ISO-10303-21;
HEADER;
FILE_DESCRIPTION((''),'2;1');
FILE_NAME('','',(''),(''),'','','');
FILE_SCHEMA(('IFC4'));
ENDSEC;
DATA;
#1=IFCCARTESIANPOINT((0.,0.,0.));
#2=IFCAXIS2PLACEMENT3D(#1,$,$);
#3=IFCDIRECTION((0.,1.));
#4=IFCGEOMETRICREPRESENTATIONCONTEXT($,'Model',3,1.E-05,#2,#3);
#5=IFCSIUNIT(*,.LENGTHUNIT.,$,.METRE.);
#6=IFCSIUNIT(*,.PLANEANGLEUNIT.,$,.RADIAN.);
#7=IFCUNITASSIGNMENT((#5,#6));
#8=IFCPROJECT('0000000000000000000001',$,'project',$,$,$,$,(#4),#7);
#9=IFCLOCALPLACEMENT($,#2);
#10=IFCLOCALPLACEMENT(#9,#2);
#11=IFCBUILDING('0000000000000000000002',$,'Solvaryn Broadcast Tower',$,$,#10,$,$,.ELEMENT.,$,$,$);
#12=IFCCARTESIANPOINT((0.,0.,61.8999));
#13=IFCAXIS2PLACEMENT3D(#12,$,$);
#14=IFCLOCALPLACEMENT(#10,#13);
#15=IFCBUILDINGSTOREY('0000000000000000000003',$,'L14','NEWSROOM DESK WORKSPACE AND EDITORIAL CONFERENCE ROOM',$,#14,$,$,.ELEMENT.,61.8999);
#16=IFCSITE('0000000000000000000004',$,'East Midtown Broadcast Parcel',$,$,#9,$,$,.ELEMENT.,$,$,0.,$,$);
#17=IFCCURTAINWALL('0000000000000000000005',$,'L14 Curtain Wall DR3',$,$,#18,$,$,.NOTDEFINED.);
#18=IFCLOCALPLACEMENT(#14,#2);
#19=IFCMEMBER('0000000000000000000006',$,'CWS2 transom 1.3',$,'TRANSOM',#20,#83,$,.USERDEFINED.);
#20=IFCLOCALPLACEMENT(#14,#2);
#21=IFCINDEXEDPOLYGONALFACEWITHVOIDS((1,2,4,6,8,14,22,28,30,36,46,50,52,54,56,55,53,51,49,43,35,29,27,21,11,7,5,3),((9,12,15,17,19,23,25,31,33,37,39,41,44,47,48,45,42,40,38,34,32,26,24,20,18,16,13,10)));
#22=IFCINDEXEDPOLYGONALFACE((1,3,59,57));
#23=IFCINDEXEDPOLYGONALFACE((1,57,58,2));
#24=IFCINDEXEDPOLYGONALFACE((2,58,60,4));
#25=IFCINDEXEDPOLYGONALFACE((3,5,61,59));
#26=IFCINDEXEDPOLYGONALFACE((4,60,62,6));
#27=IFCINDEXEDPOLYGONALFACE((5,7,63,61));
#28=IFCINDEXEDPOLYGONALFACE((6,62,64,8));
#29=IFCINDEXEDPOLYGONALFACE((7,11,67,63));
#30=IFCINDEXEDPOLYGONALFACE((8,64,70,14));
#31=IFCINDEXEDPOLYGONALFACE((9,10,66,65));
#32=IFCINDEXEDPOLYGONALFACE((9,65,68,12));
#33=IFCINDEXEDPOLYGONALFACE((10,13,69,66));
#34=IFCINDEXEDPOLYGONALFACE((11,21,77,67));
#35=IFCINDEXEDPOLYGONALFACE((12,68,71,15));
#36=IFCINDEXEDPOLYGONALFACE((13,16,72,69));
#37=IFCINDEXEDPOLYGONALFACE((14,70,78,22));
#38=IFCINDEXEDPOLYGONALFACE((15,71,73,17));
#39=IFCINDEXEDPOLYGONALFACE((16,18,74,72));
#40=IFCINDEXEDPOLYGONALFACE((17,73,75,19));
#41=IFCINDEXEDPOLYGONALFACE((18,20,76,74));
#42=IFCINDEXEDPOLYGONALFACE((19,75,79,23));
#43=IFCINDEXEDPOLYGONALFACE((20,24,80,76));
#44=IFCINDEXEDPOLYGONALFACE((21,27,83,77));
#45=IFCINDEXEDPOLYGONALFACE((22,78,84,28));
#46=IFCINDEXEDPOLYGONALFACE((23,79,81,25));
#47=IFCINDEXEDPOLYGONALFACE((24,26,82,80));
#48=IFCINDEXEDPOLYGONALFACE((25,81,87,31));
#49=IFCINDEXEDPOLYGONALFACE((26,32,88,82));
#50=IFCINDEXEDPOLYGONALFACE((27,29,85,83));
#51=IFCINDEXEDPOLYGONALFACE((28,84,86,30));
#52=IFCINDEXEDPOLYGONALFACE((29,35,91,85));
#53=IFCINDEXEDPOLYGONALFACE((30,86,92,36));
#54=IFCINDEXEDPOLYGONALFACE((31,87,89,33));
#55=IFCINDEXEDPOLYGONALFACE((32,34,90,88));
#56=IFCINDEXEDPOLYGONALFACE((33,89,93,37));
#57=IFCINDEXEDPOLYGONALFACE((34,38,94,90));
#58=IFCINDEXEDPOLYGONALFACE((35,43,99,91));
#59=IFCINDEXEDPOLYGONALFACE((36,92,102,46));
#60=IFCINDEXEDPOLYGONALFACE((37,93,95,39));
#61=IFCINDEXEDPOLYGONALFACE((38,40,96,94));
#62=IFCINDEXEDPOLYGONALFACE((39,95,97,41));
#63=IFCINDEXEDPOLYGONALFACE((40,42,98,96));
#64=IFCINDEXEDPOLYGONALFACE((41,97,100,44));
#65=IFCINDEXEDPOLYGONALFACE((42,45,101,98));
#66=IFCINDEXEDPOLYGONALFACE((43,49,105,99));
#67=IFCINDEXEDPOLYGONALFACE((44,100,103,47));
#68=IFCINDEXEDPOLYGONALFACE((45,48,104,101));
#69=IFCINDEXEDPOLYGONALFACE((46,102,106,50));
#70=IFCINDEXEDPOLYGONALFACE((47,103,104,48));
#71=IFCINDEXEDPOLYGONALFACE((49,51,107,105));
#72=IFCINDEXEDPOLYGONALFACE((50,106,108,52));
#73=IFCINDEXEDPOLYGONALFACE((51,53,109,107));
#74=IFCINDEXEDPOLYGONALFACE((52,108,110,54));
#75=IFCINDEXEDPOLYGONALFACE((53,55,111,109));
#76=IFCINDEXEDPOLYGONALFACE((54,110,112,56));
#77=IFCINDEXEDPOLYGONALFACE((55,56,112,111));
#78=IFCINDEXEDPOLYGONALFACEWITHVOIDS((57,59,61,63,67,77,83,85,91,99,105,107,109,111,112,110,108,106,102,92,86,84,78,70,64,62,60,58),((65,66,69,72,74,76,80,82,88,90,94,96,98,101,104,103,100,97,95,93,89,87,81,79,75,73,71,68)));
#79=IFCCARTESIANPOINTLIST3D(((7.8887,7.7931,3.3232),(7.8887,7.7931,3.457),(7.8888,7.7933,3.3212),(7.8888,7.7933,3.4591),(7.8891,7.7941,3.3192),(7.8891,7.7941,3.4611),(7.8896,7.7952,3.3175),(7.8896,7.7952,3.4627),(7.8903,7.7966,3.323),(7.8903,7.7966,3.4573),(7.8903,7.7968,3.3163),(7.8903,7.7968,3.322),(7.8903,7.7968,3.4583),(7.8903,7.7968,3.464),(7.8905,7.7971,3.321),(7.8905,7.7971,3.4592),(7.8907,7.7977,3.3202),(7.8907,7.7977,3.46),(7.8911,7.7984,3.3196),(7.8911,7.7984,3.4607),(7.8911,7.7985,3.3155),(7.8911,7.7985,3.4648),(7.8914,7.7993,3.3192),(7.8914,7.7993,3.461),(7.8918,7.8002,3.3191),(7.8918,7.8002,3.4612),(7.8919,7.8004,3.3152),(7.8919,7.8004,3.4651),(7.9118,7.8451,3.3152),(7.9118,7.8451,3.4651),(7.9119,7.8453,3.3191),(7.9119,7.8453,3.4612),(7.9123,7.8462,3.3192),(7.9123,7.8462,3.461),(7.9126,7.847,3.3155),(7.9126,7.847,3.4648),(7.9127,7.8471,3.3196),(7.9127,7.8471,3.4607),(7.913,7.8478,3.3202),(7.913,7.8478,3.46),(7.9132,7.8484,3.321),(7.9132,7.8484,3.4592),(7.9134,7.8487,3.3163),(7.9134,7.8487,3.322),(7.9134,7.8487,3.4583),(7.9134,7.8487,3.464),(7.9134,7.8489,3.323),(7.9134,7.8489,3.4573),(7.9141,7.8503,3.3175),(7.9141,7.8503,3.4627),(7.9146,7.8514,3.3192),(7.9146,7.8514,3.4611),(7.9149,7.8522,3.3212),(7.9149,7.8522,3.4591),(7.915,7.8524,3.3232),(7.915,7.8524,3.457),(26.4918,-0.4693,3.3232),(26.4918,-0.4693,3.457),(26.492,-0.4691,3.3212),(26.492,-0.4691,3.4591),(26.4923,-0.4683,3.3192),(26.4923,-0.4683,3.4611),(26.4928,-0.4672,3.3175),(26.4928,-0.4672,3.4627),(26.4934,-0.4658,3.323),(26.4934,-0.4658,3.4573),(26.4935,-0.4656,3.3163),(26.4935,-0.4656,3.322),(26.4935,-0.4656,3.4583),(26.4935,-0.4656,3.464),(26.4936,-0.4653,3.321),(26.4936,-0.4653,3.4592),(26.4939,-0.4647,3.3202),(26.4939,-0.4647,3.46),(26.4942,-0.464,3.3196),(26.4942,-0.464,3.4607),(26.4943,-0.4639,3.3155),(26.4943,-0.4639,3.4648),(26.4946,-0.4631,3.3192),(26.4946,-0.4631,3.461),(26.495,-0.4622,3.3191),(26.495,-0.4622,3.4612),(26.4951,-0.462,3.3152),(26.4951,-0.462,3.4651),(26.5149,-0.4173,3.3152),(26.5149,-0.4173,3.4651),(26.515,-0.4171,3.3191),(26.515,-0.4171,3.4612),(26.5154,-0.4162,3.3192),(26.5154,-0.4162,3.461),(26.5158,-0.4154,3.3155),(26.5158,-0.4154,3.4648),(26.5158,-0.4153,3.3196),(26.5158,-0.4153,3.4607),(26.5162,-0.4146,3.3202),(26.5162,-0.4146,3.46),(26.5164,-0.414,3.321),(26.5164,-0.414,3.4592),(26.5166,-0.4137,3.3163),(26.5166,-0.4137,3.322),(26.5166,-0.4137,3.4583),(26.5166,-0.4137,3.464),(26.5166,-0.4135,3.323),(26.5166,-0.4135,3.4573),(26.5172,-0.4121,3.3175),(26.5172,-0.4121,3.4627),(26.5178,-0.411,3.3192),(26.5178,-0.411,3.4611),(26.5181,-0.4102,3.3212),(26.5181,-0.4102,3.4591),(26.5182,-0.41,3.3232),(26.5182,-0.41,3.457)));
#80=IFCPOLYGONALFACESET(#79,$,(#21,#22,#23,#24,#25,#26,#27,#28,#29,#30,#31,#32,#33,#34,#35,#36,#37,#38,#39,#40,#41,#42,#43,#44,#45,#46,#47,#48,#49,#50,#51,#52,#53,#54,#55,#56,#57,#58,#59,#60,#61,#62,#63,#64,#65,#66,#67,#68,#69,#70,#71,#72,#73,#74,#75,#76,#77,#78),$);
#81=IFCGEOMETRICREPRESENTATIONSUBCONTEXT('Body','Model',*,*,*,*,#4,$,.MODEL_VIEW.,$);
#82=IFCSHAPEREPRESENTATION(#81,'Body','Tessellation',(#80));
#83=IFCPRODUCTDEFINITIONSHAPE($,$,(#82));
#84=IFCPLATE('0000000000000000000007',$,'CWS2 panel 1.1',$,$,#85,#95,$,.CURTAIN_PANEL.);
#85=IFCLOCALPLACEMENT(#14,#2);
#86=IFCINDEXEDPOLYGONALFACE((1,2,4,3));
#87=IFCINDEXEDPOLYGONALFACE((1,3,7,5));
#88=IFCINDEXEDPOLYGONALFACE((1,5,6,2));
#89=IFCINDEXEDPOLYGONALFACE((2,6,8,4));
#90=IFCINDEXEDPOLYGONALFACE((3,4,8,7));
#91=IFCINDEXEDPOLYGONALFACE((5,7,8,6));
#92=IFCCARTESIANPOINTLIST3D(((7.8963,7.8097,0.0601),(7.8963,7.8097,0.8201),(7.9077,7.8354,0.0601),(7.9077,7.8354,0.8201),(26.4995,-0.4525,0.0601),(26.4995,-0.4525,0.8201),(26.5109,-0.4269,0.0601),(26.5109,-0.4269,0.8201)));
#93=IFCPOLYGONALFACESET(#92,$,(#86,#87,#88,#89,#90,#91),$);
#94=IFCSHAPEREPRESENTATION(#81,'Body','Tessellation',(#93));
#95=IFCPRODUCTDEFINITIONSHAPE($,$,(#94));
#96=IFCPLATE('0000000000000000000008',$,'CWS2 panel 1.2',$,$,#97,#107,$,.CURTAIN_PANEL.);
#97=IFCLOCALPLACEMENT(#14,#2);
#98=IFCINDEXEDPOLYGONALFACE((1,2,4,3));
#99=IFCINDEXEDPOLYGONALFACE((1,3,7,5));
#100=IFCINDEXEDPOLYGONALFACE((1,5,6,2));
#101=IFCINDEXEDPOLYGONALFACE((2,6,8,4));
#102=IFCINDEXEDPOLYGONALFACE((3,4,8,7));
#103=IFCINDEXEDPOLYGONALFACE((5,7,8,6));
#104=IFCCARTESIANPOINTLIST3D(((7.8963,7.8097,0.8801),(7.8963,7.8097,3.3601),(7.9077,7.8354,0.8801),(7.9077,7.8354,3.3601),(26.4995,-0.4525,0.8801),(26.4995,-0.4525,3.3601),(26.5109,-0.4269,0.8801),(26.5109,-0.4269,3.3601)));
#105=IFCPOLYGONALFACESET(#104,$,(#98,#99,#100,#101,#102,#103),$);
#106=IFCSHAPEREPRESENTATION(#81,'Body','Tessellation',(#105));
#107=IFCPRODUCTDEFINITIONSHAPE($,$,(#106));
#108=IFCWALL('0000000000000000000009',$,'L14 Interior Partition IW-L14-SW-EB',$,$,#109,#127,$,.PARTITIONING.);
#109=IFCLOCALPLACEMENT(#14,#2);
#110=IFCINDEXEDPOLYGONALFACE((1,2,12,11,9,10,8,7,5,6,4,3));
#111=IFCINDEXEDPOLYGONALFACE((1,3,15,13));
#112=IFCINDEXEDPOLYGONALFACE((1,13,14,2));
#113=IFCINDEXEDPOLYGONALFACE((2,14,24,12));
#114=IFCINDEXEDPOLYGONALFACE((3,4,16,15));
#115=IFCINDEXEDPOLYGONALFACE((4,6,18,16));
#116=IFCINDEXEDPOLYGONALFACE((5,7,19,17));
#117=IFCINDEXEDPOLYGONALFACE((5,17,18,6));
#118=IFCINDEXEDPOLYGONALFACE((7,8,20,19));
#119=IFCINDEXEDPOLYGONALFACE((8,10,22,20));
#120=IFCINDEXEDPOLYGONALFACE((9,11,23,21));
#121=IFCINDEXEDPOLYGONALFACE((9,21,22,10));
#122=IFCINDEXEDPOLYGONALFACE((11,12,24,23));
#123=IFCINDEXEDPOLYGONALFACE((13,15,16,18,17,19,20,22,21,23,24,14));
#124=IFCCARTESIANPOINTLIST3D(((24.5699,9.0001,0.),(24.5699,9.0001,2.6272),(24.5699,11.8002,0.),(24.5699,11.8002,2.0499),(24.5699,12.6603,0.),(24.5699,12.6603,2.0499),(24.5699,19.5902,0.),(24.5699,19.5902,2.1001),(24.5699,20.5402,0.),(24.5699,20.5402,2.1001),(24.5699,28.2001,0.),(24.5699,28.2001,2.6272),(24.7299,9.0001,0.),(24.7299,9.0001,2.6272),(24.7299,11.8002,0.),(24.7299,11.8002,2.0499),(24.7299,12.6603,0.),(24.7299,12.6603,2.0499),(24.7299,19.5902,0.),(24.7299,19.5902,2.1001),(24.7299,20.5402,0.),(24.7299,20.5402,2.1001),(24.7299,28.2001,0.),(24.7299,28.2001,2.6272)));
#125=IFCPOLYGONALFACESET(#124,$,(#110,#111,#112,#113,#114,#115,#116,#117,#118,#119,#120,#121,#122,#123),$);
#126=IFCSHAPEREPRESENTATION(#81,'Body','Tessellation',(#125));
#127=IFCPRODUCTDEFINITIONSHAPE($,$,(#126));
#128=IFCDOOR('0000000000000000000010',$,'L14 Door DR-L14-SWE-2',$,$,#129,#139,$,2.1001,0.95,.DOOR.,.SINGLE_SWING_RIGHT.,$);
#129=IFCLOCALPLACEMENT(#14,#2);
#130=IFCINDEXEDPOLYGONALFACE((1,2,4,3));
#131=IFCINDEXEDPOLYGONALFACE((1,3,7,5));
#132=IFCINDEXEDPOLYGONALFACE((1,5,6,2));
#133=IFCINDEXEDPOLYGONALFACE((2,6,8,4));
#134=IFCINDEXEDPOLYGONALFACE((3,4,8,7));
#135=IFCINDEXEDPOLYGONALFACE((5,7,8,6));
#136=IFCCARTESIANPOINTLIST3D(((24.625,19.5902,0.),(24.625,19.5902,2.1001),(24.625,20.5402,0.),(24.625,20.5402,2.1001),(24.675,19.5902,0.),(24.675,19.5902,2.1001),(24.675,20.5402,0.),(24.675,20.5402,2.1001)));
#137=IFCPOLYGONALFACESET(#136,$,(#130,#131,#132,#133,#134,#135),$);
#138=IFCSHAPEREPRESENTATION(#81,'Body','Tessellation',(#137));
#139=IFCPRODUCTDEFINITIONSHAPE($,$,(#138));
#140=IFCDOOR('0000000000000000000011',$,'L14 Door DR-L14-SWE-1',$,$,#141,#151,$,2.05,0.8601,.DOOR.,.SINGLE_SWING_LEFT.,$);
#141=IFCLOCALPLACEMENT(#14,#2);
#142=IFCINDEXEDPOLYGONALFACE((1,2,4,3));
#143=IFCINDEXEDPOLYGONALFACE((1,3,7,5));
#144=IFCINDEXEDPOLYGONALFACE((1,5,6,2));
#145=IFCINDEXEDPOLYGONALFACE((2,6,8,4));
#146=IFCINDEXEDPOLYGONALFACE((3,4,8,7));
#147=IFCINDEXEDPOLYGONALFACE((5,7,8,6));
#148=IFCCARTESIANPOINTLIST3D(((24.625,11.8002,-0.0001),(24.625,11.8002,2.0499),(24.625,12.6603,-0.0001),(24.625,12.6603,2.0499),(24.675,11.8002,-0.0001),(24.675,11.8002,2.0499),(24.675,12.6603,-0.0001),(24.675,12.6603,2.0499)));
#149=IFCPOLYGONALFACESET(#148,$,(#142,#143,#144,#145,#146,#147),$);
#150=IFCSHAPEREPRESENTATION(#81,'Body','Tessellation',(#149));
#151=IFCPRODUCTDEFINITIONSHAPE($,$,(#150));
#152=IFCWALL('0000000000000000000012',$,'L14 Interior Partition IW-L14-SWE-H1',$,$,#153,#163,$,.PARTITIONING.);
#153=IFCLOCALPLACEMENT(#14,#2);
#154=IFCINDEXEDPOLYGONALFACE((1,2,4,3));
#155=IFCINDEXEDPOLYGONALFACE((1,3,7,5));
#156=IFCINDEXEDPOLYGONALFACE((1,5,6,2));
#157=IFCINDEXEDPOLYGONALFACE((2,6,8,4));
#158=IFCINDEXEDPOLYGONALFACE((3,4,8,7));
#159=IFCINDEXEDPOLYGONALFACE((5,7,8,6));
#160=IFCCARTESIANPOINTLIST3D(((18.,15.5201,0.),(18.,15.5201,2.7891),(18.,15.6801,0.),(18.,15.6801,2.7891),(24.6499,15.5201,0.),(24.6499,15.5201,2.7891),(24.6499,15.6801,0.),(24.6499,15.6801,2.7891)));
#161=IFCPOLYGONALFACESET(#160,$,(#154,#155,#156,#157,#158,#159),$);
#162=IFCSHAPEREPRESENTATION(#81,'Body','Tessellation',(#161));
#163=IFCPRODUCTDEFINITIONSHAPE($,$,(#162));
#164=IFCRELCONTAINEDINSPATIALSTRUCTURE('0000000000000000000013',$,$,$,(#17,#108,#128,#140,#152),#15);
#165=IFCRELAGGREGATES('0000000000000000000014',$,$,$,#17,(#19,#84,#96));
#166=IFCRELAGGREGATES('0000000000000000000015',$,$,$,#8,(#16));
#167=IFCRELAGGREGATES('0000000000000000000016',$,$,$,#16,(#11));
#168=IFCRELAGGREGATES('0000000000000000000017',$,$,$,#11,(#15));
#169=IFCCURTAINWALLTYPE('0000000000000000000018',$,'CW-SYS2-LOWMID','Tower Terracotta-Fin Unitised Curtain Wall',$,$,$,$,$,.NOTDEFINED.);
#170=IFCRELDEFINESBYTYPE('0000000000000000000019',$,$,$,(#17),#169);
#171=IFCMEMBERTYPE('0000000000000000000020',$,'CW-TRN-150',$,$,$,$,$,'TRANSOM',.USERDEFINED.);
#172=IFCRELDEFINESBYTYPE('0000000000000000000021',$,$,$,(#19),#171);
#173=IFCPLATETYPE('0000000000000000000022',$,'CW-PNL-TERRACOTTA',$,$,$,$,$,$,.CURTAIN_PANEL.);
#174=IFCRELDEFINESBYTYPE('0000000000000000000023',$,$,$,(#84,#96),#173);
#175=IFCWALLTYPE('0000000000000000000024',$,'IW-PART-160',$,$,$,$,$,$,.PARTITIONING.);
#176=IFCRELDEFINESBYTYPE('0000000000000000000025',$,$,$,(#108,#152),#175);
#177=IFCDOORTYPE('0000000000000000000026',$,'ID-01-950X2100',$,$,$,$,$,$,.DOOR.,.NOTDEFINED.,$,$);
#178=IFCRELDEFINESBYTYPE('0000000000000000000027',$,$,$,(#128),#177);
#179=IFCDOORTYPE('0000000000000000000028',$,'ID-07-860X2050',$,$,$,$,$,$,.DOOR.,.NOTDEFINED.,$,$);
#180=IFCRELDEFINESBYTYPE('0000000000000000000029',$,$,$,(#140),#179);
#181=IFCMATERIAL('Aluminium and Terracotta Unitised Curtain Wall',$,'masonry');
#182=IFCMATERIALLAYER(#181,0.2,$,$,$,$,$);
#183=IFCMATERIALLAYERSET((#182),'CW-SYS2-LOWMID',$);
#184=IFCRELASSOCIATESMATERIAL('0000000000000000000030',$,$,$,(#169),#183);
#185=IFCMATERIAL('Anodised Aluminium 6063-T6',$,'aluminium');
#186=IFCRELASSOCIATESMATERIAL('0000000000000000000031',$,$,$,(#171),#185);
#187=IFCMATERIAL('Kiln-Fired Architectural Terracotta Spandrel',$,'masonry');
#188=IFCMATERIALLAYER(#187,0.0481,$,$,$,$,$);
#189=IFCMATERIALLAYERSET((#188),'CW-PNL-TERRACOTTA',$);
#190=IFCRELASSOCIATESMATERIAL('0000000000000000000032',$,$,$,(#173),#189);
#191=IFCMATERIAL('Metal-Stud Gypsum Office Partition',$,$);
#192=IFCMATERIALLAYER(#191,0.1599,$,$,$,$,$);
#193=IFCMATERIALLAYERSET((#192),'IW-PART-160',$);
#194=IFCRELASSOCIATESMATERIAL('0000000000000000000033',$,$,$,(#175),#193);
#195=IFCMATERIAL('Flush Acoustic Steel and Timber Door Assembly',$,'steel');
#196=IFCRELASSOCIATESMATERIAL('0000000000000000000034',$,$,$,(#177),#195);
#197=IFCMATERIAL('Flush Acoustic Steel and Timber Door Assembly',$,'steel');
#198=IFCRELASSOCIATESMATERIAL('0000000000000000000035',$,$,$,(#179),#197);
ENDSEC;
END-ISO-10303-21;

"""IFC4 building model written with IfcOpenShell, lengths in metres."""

from ifc_helpers import new_model, si_unit, direction, frame, frame_2d, origin, origin_2d, place, context, subcontext, project, spatial, rectangle, hollow_rectangle, extrude, material, layer, layer_set, material_profile, profile_set, type_object, element, fill, aggregate, save


model = new_model("IFC4")

# Units and contexts
model_context = context("Model", 3, precision=1e-05, world=origin(), true_north=direction((0.0, 1.0)))
body_context = subcontext(model_context, "Body", "Model", "MODEL_VIEW")
ifc_project = project(units=[si_unit("LENGTHUNIT", "METRE"), si_unit("PLANEANGLEUNIT", "RADIAN")], contexts=[model_context])

# Site, building, storey
site_placement = place(None, origin())
site = spatial("IfcSite", under=ifc_project, at=site_placement, Name="East Midtown Broadcast Parcel", CompositionType="ELEMENT", RefElevation=0.0)
building_placement = place(site_placement, origin())
building = spatial("IfcBuilding", under=site, at=building_placement, Name="Solvaryn Broadcast Tower", CompositionType="ELEMENT")
storey_placement = place(building_placement, frame((0.0, 0.0, 61.8999)))
storey = spatial("IfcBuildingStorey", under=building, at=storey_placement, Name="L14", Description="NEWSROOM DESK WORKSPACE AND EDITORIAL CONFERENCE ROOM", CompositionType="ELEMENT", Elevation=61.8999)

# Shared definitions
ifc_material_1 = material(Name="Aluminium and Terracotta Unitised Curtain Wall", Category="masonry")
ifc_layer_1 = layer(ifc_material_1, 0.2)
ifc_layer_set_1 = layer_set([ifc_layer_1], Name="CW-SYS2-LOWMID")
curtain_wall_type = type_object("IfcCurtainWallType", Name="CW-SYS2-LOWMID", Description="Tower Terracotta-Fin Unitised Curtain Wall", PredefinedType="NOTDEFINED", material=ifc_layer_set_1)

# Curtain wall, member, plates
curtain_wall_1_placement = place(storey_placement, origin())
curtain_wall_1 = element("IfcCurtainWall", 1, at=curtain_wall_1_placement, inside=storey, type_object=curtain_wall_type, Name="L14 Curtain Wall DR3", PredefinedType="NOTDEFINED")
ifc_material_2 = material(Name="Anodised Aluminium 6063-T6", Category="aluminium")
ifc_material_profile_1 = material_profile(ifc_material_2, hollow_rectangle(XDim=0.0649, YDim=0.1499, WallThickness=0.0039, InnerFilletRadius=0.0039, OuterFilletRadius=0.0081, at=origin_2d()))
ifc_profile_set_1 = profile_set([ifc_material_profile_1], Name="Anodised Aluminium 6063-T6")
member_type_1 = type_object("IfcMemberType", Name="CW-TRN-150", ElementType="TRANSOM", PredefinedType="USERDEFINED", material=ifc_profile_set_1)
member_1_placement = place(storey_placement, frame((7.9019, 7.8228, 3.3901), z_axis=(0.913915, -0.405906, 0.0), x_axis=(0.405906, 0.913915, 0.0)))
member_1 = element("IfcMember", 2, at=member_1_placement, type_object=member_type_1, Name="CWS2 transom 1.3", ObjectType="TRANSOM", PredefinedType="USERDEFINED", context=body_context, shape_type="SweptSolid", body=[
    extrude(hollow_rectangle(XDim=0.0649, YDim=0.1499, WallThickness=0.0039, InnerFilletRadius=0.0039, OuterFilletRadius=0.0081, at=origin_2d()), origin(), (0.0, 0.0, 1.0), 20.3555),
])
ifc_material_3 = material(Name="Kiln-Fired Architectural Terracotta Spandrel", Category="masonry")
ifc_layer_2 = layer(ifc_material_3, 0.0481)
ifc_layer_set_2 = layer_set([ifc_layer_2], Name="CW-PNL-TERRACOTTA")
plate_type = type_object("IfcPlateType", Name="CW-PNL-TERRACOTTA", PredefinedType="CURTAIN_PANEL", material=ifc_layer_set_2)
plate_1_placement = place(storey_placement, frame((17.2036, 3.6914, 0.0601), z_axis=(0.0, 0.0, 1.0), x_axis=(0.913918, -0.405898, 0.0)))
plate_1 = element("IfcPlate", 3, at=plate_1_placement, type_object=plate_type, Name="CWS2 panel 1.1", PredefinedType="CURTAIN_PANEL", context=body_context, shape_type="SweptSolid", body=[
    extrude(rectangle(XDim=20.3555, YDim=0.0281, at=origin_2d()), origin(), (0.0, 0.0, 1.0), 0.76),
])
plate_2_placement = place(storey_placement, frame((17.2036, 3.6914, 0.8801), z_axis=(0.0, 0.0, 1.0), x_axis=(0.913918, -0.405898, 0.0)))
plate_2 = element("IfcPlate", 4, at=plate_2_placement, type_object=plate_type, Name="CWS2 panel 1.2", PredefinedType="CURTAIN_PANEL", context=body_context, shape_type="SweptSolid", body=[
    extrude(rectangle(XDim=20.3555, YDim=0.0281, at=origin_2d()), origin(), (0.0, 0.0, 1.0), 2.48),
])
aggregate(curtain_wall_1, [member_1, plate_1, plate_2])

# Wall, openings, doors
ifc_material_4 = material(Name="Metal-Stud Gypsum Office Partition")
ifc_layer_3 = layer(ifc_material_4, 0.1599)
ifc_layer_set_3 = layer_set([ifc_layer_3], Name="IW-PART-160")
wall_type_1 = type_object("IfcWallType", Name="IW-PART-160", PredefinedType="PARTITIONING", material=ifc_layer_set_3)
wall_1_placement = place(storey_placement, frame((24.6499, 9.0, 0.0), z_axis=(0.0, 0.0, 1.0), x_axis=(0.0, 1.0, 0.0)))
wall_1 = element("IfcWall", 5, at=wall_1_placement, inside=storey, type_object=wall_type_1, Name="L14 Interior Partition IW-L14-SW-EB", PredefinedType="PARTITIONING", context=body_context, shape_type="SweptSolid", body=[
    extrude(rectangle(XDim=19.2, YDim=0.1599, at=frame_2d((9.6001, 0.0))), origin(), (0.0, 0.0, 1.0), 2.6272),
])
opening_1_placement = place(wall_1_placement, frame((2.8, 0.0, 0.0)))
opening_1 = element("IfcOpeningElement", 6, at=opening_1_placement, cuts=wall_1, PredefinedType="OPENING", context=body_context, shape_type="SweptSolid", body=[
    extrude(rectangle(XDim=0.8601, YDim=2.05, at=frame_2d((0.4302, 1.0249))), frame((0.0, 0.0901, 0.0), z_axis=(0.0, -1.0, 0.0), x_axis=(1.0, 0.0, 0.0)), (0.0, 0.0, 1.0), 0.1799),
])
opening_2_placement = place(wall_1_placement, frame((10.5901, 0.0, 0.0)))
opening_2 = element("IfcOpeningElement", 7, at=opening_2_placement, cuts=wall_1, PredefinedType="OPENING", context=body_context, shape_type="SweptSolid", body=[
    extrude(rectangle(XDim=0.95, YDim=2.1001, at=frame_2d((0.4751, 1.05))), frame((0.0, 0.0901, 0.0), z_axis=(0.0, -1.0, 0.0), x_axis=(1.0, 0.0, 0.0)), (0.0, 0.0, 1.0), 0.1799),
])
ifc_material_5 = material(Name="Flush Acoustic Steel and Timber Door Assembly", Category="steel")
door_type_1 = type_object("IfcDoorType", Name="ID-01-950X2100", OperationType="NOTDEFINED", PredefinedType="DOOR", material=ifc_material_5)
door_1_placement = place(opening_2_placement, origin())
door_1 = element("IfcDoor", 8, at=door_1_placement, inside=storey, type_object=door_type_1, Name="L14 Door DR-L14-SWE-2", OperationType="SINGLE_SWING_RIGHT", OverallHeight=2.1001, OverallWidth=0.95, PredefinedType="DOOR", context=body_context, shape_type="SweptSolid", body=[
    extrude(rectangle(XDim=0.95, YDim=2.1001, at=frame_2d((0.4751, 1.05))), frame((0.0, 0.0249, 0.0), z_axis=(0.0, -1.0, 0.0), x_axis=(1.0, 0.0, 0.0)), (0.0, 0.0, 1.0), 0.05),
])
fill(opening_2, door_1)
ifc_material_6 = material(Name="Flush Acoustic Steel and Timber Door Assembly", Category="steel")
door_type_2 = type_object("IfcDoorType", Name="ID-07-860X2050", OperationType="NOTDEFINED", PredefinedType="DOOR", material=ifc_material_6)
door_2_placement = place(opening_1_placement, origin())
door_2 = element("IfcDoor", 9, at=door_2_placement, inside=storey, type_object=door_type_2, Name="L14 Door DR-L14-SWE-1", OperationType="SINGLE_SWING_LEFT", OverallHeight=2.05, OverallWidth=0.8601, PredefinedType="DOOR", context=body_context, shape_type="SweptSolid", body=[
    extrude(rectangle(XDim=0.8601, YDim=2.05, at=frame_2d((0.4302, 1.0249))), frame((0.0, 0.0249, 0.0), z_axis=(0.0, -1.0, 0.0), x_axis=(1.0, 0.0, 0.0)), (0.0, 0.0, 1.0), 0.05),
])
fill(opening_1, door_2)

# Wall
wall_2_placement = place(storey_placement, frame((18.0, 15.6001, 0.0), z_axis=(0.0, 0.0, 1.0), x_axis=(1.0, 0.0, 0.0)))
element("IfcWall", 10, at=wall_2_placement, inside=storey, type_object=wall_type_1, Name="L14 Interior Partition IW-L14-SWE-H1", PredefinedType="PARTITIONING", context=body_context, shape_type="SweptSolid", body=[
    extrude(rectangle(XDim=6.6499, YDim=0.1599, at=frame_2d((3.325, 0.0))), origin(), (0.0, 0.0, 1.0), 2.7891),
])

save(model, "model.ifc")
